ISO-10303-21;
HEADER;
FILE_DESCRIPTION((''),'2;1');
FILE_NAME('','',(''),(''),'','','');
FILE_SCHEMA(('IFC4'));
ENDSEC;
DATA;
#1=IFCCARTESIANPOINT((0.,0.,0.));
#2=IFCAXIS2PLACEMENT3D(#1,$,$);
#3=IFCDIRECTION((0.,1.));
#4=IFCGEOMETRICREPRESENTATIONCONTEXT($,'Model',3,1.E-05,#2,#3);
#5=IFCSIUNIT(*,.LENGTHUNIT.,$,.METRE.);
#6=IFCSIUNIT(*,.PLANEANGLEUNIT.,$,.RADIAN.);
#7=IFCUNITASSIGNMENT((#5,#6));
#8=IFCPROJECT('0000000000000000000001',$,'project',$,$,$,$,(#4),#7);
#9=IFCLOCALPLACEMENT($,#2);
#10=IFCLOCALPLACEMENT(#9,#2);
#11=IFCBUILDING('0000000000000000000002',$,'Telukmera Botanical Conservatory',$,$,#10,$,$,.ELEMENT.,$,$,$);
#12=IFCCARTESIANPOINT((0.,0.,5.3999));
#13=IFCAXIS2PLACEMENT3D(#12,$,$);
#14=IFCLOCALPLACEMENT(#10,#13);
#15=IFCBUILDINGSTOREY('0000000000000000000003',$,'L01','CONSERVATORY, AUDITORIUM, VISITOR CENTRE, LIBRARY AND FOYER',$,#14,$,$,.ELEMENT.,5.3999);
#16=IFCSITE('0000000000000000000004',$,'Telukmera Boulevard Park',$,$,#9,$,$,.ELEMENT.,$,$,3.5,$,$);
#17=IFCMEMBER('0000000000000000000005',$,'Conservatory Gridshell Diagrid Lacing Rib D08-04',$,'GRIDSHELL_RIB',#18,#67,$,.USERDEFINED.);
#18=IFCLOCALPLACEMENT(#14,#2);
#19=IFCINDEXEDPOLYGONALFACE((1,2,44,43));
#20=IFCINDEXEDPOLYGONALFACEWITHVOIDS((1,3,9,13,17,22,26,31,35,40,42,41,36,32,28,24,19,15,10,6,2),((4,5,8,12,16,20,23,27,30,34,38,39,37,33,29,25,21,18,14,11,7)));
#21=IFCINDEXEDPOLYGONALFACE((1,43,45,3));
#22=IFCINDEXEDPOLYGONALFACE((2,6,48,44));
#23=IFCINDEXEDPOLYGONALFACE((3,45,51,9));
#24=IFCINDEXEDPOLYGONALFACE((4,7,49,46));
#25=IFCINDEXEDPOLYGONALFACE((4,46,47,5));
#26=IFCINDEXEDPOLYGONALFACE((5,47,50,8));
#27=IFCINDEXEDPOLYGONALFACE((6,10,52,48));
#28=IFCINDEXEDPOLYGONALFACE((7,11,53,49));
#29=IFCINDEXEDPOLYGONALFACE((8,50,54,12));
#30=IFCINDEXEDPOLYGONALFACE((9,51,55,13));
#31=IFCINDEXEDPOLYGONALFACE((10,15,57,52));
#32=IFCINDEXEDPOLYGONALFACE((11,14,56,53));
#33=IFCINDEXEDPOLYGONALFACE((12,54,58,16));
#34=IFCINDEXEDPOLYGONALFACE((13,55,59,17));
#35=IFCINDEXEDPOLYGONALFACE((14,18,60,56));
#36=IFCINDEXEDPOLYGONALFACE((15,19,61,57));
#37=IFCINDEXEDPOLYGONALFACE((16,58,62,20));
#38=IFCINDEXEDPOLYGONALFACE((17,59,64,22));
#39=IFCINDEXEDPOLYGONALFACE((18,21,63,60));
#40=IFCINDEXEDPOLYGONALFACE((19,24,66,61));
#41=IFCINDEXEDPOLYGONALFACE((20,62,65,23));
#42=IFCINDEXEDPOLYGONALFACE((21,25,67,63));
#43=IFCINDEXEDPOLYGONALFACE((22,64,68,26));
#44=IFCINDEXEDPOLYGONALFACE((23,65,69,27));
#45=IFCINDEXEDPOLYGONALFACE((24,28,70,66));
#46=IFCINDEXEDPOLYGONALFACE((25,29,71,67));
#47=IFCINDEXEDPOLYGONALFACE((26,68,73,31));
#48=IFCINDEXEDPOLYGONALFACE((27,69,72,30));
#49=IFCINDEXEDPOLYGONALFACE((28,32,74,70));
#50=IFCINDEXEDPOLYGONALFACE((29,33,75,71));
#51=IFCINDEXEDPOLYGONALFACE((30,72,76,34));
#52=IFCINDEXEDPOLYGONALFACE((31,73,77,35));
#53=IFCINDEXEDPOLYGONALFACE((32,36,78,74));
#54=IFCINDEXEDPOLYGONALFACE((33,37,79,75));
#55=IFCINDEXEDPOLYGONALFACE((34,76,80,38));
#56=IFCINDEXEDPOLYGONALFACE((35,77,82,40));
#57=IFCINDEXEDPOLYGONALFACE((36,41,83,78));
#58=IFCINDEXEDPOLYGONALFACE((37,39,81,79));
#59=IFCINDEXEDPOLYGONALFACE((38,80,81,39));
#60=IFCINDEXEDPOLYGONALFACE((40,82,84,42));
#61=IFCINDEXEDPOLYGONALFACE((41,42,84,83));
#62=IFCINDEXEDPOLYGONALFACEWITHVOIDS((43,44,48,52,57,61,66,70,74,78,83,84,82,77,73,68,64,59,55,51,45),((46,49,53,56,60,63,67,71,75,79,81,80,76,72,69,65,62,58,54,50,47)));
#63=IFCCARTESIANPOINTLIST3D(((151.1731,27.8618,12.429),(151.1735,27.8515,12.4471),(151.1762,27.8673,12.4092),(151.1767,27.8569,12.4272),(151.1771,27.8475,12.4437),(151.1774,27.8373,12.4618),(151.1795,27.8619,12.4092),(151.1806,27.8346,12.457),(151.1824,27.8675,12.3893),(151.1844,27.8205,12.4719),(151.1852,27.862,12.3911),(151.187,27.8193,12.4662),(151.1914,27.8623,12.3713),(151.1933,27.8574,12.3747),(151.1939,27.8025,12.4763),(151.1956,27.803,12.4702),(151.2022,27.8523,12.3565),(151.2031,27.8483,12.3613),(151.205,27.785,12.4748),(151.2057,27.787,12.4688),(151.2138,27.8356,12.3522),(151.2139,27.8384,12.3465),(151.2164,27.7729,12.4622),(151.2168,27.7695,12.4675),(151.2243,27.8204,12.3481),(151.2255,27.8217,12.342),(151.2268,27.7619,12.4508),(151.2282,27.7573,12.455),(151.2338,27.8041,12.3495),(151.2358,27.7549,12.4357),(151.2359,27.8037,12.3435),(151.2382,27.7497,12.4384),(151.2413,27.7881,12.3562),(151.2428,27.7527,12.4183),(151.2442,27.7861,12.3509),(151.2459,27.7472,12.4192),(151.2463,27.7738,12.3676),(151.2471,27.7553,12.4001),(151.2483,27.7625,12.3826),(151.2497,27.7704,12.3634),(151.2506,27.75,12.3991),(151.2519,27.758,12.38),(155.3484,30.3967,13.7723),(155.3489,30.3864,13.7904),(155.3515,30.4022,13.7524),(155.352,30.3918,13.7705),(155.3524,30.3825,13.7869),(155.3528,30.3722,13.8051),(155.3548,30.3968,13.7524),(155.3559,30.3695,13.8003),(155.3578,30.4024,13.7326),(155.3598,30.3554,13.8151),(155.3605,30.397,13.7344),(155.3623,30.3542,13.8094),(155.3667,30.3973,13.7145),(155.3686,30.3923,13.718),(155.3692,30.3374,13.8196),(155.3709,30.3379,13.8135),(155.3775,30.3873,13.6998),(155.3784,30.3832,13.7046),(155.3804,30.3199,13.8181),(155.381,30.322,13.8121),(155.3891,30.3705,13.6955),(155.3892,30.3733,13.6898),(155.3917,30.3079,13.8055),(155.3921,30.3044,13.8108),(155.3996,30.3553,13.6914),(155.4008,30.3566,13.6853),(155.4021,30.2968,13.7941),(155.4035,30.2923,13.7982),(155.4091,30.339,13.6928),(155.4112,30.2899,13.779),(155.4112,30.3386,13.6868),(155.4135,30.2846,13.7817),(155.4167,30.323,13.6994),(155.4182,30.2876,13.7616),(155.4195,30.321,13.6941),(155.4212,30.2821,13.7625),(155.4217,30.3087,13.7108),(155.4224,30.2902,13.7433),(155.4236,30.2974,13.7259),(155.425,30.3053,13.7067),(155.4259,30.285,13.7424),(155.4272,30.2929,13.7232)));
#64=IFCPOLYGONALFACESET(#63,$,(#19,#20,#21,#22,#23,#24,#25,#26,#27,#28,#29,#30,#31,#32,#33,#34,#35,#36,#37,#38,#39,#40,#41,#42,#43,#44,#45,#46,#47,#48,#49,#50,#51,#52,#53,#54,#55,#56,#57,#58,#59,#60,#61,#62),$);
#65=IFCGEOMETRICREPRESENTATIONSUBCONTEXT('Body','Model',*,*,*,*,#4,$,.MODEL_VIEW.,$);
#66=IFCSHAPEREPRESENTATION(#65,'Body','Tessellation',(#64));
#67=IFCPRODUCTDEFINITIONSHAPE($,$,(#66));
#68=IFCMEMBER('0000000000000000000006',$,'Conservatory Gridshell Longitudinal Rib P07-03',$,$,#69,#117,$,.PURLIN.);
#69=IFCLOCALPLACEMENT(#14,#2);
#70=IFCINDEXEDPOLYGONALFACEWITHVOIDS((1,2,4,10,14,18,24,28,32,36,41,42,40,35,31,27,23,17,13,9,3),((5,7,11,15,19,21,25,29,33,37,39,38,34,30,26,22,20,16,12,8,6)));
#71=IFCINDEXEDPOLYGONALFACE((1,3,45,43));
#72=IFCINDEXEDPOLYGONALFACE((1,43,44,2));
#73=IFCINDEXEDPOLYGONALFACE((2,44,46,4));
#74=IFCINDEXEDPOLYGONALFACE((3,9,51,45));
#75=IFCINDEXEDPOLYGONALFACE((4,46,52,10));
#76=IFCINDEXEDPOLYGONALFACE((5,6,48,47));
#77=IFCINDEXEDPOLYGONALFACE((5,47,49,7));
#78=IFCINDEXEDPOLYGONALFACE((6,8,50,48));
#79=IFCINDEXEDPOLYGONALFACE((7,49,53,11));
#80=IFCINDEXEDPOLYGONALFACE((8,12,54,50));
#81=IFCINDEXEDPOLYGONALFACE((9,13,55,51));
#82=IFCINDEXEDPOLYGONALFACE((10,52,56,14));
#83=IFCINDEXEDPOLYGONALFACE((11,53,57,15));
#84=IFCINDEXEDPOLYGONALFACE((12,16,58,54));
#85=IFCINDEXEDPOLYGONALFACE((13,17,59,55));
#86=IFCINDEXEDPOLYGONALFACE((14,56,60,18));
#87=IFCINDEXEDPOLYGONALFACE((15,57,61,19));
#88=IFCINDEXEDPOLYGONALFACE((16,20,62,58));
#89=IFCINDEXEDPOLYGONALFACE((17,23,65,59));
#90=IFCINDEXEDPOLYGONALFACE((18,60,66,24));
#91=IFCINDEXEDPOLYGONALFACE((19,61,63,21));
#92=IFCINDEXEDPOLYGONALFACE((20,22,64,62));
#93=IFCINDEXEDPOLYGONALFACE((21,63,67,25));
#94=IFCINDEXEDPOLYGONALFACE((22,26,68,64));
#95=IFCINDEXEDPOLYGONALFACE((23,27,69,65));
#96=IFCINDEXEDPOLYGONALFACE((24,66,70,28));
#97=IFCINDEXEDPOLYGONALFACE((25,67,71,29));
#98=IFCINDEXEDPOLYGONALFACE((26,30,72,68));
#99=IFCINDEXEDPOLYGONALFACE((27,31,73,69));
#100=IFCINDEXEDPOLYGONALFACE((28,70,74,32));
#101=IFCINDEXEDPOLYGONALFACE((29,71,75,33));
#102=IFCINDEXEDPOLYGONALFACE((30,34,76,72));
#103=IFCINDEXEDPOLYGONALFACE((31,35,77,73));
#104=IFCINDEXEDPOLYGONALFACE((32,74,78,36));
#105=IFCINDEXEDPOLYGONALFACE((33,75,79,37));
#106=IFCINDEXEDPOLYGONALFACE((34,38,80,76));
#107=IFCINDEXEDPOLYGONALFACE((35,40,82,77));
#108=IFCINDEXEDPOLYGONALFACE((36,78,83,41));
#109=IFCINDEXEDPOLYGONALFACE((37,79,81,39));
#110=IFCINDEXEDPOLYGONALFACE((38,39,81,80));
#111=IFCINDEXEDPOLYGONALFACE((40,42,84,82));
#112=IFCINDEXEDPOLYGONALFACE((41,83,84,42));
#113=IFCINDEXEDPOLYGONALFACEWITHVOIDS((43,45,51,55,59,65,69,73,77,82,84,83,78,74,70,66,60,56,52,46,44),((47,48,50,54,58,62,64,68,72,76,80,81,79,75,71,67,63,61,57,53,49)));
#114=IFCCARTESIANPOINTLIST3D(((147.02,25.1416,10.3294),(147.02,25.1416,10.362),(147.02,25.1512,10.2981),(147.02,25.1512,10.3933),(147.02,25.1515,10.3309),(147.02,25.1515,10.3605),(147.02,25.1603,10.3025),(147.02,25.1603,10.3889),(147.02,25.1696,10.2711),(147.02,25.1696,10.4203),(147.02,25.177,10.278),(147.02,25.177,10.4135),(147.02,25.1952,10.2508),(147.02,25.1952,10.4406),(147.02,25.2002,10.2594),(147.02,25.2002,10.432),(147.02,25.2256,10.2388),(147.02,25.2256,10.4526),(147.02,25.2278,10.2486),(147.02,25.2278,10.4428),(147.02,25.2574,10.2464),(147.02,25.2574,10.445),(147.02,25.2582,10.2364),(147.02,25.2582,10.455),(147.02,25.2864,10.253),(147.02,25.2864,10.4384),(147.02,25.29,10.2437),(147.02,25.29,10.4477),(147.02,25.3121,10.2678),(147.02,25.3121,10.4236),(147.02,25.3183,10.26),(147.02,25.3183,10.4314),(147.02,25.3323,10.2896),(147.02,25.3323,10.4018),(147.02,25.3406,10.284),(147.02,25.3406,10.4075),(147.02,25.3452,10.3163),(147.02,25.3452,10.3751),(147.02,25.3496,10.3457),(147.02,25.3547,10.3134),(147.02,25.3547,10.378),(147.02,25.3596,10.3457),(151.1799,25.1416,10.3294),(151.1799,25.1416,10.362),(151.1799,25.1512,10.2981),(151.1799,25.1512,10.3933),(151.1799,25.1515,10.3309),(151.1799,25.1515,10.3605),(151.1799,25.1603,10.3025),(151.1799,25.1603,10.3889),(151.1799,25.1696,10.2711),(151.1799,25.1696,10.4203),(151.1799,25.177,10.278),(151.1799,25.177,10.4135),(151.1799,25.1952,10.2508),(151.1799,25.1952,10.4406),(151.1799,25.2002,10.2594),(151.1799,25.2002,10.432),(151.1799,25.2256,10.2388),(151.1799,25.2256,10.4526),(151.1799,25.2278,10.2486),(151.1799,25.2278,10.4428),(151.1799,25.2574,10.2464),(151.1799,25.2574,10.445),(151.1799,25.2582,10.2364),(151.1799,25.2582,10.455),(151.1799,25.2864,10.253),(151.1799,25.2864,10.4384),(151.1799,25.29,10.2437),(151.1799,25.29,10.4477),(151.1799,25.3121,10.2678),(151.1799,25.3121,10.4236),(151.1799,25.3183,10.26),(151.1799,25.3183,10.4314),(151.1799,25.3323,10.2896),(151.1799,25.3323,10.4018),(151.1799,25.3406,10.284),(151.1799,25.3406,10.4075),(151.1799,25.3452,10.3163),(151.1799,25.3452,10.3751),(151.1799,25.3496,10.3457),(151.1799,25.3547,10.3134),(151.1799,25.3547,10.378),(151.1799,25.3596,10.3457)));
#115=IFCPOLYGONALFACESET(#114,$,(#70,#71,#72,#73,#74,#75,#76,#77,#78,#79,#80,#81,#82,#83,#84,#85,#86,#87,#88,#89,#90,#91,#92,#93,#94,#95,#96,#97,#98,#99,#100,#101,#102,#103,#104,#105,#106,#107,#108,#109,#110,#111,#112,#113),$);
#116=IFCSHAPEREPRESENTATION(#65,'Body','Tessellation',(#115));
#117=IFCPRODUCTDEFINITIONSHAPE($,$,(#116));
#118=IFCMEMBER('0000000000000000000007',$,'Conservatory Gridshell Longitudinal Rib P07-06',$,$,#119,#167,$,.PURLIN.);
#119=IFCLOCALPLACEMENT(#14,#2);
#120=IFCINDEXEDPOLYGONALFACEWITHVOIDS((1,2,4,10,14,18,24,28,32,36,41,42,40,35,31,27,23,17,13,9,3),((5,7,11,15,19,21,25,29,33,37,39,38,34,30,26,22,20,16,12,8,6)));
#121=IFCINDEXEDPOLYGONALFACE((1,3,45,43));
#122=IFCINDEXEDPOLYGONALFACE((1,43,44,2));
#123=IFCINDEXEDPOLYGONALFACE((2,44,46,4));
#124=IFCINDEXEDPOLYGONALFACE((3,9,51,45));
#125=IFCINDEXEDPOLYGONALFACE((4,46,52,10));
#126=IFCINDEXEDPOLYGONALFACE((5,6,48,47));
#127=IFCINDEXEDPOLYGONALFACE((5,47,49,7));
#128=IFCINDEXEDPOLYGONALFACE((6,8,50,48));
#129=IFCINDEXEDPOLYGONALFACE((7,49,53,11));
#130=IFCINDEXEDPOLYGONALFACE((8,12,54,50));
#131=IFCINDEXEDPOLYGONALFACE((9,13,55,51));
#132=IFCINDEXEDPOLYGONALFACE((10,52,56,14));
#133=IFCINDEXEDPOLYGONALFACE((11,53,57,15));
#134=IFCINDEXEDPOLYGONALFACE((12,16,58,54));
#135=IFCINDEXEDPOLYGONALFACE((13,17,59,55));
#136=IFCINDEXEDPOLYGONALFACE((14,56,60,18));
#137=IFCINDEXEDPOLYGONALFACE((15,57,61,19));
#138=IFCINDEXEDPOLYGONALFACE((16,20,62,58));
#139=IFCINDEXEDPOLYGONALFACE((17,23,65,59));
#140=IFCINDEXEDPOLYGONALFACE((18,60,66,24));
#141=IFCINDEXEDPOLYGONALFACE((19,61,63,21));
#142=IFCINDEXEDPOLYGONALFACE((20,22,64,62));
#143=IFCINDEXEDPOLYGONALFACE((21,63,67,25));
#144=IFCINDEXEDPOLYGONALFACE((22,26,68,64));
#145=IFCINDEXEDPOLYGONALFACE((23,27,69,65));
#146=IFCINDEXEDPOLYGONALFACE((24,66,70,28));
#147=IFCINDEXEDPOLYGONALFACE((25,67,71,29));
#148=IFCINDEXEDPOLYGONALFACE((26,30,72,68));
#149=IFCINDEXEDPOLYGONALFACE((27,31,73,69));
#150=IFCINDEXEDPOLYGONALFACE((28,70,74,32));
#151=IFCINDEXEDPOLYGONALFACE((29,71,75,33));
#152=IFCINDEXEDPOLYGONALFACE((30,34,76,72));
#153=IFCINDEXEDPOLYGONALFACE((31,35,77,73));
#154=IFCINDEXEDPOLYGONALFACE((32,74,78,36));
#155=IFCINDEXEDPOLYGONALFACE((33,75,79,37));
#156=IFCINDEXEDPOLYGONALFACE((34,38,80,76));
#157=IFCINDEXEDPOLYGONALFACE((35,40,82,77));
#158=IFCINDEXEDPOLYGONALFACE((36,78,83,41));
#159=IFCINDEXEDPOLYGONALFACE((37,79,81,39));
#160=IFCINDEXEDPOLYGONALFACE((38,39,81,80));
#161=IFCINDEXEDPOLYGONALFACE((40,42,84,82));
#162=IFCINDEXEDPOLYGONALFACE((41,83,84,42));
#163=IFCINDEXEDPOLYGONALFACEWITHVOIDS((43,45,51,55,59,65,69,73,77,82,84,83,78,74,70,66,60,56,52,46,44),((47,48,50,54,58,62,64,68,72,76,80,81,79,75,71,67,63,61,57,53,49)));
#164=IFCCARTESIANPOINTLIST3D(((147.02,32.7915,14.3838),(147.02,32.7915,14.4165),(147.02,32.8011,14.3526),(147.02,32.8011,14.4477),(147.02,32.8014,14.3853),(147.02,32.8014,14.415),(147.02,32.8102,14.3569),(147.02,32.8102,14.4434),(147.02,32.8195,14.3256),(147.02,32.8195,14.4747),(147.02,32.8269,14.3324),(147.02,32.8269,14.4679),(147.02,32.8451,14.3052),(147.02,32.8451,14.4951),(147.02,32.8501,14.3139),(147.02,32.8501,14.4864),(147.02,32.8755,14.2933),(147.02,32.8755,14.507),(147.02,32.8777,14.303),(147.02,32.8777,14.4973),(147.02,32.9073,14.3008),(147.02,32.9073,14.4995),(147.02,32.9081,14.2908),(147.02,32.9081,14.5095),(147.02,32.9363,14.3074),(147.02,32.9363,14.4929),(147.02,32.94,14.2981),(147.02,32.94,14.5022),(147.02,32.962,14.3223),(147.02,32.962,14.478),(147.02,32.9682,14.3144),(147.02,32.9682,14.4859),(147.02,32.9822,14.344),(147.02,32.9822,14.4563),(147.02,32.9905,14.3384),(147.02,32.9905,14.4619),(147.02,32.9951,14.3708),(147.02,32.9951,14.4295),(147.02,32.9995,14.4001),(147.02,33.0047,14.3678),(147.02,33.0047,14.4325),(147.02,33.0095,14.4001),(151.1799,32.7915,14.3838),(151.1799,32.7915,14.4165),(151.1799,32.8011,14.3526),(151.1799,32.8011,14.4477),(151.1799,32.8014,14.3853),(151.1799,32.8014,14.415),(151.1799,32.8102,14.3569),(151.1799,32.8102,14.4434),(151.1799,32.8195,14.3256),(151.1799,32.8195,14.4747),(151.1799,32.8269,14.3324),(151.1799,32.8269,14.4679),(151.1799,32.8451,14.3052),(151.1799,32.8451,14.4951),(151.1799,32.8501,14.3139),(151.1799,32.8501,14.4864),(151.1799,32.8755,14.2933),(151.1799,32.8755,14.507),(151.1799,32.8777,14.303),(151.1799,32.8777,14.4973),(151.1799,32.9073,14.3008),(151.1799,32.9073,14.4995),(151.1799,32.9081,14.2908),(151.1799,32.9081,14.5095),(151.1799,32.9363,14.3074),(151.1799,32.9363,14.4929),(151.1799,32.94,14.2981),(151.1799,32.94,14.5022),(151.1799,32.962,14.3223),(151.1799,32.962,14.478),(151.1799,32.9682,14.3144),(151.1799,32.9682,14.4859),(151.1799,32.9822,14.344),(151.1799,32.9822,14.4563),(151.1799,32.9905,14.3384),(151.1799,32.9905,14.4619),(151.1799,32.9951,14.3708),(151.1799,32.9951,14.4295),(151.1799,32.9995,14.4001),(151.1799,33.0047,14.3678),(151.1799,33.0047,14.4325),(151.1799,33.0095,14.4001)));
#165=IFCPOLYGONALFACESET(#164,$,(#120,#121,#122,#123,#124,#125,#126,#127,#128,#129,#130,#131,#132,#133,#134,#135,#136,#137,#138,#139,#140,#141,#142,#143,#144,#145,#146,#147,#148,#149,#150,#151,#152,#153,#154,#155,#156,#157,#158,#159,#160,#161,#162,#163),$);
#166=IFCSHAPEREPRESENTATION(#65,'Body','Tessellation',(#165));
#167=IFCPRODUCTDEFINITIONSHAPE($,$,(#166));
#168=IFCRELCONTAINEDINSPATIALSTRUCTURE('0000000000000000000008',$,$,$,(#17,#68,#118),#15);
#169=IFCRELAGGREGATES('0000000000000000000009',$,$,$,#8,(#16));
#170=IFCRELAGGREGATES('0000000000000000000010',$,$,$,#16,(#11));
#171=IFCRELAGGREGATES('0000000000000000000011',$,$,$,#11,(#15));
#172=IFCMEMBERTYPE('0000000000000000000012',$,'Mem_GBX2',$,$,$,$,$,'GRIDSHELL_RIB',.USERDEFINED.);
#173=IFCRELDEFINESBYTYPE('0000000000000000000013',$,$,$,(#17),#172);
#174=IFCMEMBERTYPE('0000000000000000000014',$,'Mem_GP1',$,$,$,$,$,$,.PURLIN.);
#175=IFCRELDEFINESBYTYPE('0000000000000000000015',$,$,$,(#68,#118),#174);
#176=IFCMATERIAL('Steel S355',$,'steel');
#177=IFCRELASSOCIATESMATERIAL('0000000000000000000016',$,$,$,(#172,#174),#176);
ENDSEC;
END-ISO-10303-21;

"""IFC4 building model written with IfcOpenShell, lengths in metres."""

from ifc_helpers import new_model, si_unit, direction, frame, origin, origin_2d, place, context, subcontext, project, spatial, hollow_circle, extrude, material, material_profile, profile_set, type_object, element, save


model = new_model("IFC4")

# Units and contexts
model_context = context("Model", 3, precision=1e-05, world=origin(), true_north=direction((0.0, 1.0)))
body_context = subcontext(model_context, "Body", "Model", "MODEL_VIEW")
ifc_project = project(units=[si_unit("LENGTHUNIT", "METRE"), si_unit("PLANEANGLEUNIT", "RADIAN")], contexts=[model_context])

# Site, building, storey
site_placement = place(None, origin())
site = spatial("IfcSite", under=ifc_project, at=site_placement, Name="Telukmera Boulevard Park", CompositionType="ELEMENT", RefElevation=3.5)
building_placement = place(site_placement, origin())
building = spatial("IfcBuilding", under=site, at=building_placement, Name="Telukmera Botanical Conservatory", CompositionType="ELEMENT")
storey_placement = place(building_placement, frame((0.0, 0.0, 5.3999)))
storey = spatial("IfcBuildingStorey", under=building, at=storey_placement, Name="L01", Description="CONSERVATORY, AUDITORIUM, VISITOR CENTRE, LIBRARY AND FOYER", CompositionType="ELEMENT", Elevation=5.3999)

# Shared definitions
ifc_material = material(Name="Steel S355", Category="steel")

# Members
ifc_material_profile_1 = material_profile(ifc_material, hollow_circle(Radius=0.0698, WallThickness=0.0063, at=origin_2d()), Name="CHS 139.7x6.3")
ifc_profile_set_1 = profile_set([ifc_material_profile_1], Name="Steel S355")
member_type_1 = type_object("IfcMemberType", Name="Mem_GBX2", ElementType="GRIDSHELL_RIB", PredefinedType="USERDEFINED", material=ifc_profile_set_1)
member_1_placement = place(storey_placement, frame((151.2124, 27.8076, 12.4092), z_axis=(0.824198, 0.500389, 0.265158), x_axis=(-0.518965, 0.854795, 0.0)))
element("IfcMember", 1, at=member_1_placement, inside=storey, type_object=member_type_1, Name="Conservatory Gridshell Diagrid Lacing Rib D08-04", ObjectType="GRIDSHELL_RIB", PredefinedType="USERDEFINED", context=body_context, shape_type="SweptSolid", body=[
    extrude(hollow_circle(Radius=0.0698, WallThickness=0.0063, at=origin_2d()), origin(), (0.0, 0.0, 1.0), 5.0659),
])
ifc_material_profile_2 = material_profile(ifc_material, hollow_circle(Radius=0.1096, WallThickness=0.01, at=origin_2d()), Name="CHS 219.1x10.0")
ifc_profile_set_2 = profile_set([ifc_material_profile_2], Name="Steel S355")
member_type_2 = type_object("IfcMemberType", Name="Mem_GP1", PredefinedType="PURLIN", material=ifc_profile_set_2)
for number, where, z_axis, x_axis, name in (
    (2, (147.02, 25.25, 10.3457), (1.0, 0.0, 0.0), (0.0, 1.0, 0.0), "Conservatory Gridshell Longitudinal Rib P07-03"),
    (3, (147.02, 32.8999, 14.4001), (1.0, 0.0, 0.0), (0.0, 1.0, 0.0), "Conservatory Gridshell Longitudinal Rib P07-06"),
):
    element("IfcMember", number, at=place(storey_placement, frame(where, z_axis=z_axis, x_axis=x_axis)), inside=storey, type_object=member_type_2, Name=name, PredefinedType="PURLIN", context=body_context, shape_type="SweptSolid", body=[
        extrude(hollow_circle(Radius=0.1096, WallThickness=0.01, at=origin_2d()), origin(), (0.0, 0.0, 1.0), 4.1599),
    ])

save(model, "model.ifc")
